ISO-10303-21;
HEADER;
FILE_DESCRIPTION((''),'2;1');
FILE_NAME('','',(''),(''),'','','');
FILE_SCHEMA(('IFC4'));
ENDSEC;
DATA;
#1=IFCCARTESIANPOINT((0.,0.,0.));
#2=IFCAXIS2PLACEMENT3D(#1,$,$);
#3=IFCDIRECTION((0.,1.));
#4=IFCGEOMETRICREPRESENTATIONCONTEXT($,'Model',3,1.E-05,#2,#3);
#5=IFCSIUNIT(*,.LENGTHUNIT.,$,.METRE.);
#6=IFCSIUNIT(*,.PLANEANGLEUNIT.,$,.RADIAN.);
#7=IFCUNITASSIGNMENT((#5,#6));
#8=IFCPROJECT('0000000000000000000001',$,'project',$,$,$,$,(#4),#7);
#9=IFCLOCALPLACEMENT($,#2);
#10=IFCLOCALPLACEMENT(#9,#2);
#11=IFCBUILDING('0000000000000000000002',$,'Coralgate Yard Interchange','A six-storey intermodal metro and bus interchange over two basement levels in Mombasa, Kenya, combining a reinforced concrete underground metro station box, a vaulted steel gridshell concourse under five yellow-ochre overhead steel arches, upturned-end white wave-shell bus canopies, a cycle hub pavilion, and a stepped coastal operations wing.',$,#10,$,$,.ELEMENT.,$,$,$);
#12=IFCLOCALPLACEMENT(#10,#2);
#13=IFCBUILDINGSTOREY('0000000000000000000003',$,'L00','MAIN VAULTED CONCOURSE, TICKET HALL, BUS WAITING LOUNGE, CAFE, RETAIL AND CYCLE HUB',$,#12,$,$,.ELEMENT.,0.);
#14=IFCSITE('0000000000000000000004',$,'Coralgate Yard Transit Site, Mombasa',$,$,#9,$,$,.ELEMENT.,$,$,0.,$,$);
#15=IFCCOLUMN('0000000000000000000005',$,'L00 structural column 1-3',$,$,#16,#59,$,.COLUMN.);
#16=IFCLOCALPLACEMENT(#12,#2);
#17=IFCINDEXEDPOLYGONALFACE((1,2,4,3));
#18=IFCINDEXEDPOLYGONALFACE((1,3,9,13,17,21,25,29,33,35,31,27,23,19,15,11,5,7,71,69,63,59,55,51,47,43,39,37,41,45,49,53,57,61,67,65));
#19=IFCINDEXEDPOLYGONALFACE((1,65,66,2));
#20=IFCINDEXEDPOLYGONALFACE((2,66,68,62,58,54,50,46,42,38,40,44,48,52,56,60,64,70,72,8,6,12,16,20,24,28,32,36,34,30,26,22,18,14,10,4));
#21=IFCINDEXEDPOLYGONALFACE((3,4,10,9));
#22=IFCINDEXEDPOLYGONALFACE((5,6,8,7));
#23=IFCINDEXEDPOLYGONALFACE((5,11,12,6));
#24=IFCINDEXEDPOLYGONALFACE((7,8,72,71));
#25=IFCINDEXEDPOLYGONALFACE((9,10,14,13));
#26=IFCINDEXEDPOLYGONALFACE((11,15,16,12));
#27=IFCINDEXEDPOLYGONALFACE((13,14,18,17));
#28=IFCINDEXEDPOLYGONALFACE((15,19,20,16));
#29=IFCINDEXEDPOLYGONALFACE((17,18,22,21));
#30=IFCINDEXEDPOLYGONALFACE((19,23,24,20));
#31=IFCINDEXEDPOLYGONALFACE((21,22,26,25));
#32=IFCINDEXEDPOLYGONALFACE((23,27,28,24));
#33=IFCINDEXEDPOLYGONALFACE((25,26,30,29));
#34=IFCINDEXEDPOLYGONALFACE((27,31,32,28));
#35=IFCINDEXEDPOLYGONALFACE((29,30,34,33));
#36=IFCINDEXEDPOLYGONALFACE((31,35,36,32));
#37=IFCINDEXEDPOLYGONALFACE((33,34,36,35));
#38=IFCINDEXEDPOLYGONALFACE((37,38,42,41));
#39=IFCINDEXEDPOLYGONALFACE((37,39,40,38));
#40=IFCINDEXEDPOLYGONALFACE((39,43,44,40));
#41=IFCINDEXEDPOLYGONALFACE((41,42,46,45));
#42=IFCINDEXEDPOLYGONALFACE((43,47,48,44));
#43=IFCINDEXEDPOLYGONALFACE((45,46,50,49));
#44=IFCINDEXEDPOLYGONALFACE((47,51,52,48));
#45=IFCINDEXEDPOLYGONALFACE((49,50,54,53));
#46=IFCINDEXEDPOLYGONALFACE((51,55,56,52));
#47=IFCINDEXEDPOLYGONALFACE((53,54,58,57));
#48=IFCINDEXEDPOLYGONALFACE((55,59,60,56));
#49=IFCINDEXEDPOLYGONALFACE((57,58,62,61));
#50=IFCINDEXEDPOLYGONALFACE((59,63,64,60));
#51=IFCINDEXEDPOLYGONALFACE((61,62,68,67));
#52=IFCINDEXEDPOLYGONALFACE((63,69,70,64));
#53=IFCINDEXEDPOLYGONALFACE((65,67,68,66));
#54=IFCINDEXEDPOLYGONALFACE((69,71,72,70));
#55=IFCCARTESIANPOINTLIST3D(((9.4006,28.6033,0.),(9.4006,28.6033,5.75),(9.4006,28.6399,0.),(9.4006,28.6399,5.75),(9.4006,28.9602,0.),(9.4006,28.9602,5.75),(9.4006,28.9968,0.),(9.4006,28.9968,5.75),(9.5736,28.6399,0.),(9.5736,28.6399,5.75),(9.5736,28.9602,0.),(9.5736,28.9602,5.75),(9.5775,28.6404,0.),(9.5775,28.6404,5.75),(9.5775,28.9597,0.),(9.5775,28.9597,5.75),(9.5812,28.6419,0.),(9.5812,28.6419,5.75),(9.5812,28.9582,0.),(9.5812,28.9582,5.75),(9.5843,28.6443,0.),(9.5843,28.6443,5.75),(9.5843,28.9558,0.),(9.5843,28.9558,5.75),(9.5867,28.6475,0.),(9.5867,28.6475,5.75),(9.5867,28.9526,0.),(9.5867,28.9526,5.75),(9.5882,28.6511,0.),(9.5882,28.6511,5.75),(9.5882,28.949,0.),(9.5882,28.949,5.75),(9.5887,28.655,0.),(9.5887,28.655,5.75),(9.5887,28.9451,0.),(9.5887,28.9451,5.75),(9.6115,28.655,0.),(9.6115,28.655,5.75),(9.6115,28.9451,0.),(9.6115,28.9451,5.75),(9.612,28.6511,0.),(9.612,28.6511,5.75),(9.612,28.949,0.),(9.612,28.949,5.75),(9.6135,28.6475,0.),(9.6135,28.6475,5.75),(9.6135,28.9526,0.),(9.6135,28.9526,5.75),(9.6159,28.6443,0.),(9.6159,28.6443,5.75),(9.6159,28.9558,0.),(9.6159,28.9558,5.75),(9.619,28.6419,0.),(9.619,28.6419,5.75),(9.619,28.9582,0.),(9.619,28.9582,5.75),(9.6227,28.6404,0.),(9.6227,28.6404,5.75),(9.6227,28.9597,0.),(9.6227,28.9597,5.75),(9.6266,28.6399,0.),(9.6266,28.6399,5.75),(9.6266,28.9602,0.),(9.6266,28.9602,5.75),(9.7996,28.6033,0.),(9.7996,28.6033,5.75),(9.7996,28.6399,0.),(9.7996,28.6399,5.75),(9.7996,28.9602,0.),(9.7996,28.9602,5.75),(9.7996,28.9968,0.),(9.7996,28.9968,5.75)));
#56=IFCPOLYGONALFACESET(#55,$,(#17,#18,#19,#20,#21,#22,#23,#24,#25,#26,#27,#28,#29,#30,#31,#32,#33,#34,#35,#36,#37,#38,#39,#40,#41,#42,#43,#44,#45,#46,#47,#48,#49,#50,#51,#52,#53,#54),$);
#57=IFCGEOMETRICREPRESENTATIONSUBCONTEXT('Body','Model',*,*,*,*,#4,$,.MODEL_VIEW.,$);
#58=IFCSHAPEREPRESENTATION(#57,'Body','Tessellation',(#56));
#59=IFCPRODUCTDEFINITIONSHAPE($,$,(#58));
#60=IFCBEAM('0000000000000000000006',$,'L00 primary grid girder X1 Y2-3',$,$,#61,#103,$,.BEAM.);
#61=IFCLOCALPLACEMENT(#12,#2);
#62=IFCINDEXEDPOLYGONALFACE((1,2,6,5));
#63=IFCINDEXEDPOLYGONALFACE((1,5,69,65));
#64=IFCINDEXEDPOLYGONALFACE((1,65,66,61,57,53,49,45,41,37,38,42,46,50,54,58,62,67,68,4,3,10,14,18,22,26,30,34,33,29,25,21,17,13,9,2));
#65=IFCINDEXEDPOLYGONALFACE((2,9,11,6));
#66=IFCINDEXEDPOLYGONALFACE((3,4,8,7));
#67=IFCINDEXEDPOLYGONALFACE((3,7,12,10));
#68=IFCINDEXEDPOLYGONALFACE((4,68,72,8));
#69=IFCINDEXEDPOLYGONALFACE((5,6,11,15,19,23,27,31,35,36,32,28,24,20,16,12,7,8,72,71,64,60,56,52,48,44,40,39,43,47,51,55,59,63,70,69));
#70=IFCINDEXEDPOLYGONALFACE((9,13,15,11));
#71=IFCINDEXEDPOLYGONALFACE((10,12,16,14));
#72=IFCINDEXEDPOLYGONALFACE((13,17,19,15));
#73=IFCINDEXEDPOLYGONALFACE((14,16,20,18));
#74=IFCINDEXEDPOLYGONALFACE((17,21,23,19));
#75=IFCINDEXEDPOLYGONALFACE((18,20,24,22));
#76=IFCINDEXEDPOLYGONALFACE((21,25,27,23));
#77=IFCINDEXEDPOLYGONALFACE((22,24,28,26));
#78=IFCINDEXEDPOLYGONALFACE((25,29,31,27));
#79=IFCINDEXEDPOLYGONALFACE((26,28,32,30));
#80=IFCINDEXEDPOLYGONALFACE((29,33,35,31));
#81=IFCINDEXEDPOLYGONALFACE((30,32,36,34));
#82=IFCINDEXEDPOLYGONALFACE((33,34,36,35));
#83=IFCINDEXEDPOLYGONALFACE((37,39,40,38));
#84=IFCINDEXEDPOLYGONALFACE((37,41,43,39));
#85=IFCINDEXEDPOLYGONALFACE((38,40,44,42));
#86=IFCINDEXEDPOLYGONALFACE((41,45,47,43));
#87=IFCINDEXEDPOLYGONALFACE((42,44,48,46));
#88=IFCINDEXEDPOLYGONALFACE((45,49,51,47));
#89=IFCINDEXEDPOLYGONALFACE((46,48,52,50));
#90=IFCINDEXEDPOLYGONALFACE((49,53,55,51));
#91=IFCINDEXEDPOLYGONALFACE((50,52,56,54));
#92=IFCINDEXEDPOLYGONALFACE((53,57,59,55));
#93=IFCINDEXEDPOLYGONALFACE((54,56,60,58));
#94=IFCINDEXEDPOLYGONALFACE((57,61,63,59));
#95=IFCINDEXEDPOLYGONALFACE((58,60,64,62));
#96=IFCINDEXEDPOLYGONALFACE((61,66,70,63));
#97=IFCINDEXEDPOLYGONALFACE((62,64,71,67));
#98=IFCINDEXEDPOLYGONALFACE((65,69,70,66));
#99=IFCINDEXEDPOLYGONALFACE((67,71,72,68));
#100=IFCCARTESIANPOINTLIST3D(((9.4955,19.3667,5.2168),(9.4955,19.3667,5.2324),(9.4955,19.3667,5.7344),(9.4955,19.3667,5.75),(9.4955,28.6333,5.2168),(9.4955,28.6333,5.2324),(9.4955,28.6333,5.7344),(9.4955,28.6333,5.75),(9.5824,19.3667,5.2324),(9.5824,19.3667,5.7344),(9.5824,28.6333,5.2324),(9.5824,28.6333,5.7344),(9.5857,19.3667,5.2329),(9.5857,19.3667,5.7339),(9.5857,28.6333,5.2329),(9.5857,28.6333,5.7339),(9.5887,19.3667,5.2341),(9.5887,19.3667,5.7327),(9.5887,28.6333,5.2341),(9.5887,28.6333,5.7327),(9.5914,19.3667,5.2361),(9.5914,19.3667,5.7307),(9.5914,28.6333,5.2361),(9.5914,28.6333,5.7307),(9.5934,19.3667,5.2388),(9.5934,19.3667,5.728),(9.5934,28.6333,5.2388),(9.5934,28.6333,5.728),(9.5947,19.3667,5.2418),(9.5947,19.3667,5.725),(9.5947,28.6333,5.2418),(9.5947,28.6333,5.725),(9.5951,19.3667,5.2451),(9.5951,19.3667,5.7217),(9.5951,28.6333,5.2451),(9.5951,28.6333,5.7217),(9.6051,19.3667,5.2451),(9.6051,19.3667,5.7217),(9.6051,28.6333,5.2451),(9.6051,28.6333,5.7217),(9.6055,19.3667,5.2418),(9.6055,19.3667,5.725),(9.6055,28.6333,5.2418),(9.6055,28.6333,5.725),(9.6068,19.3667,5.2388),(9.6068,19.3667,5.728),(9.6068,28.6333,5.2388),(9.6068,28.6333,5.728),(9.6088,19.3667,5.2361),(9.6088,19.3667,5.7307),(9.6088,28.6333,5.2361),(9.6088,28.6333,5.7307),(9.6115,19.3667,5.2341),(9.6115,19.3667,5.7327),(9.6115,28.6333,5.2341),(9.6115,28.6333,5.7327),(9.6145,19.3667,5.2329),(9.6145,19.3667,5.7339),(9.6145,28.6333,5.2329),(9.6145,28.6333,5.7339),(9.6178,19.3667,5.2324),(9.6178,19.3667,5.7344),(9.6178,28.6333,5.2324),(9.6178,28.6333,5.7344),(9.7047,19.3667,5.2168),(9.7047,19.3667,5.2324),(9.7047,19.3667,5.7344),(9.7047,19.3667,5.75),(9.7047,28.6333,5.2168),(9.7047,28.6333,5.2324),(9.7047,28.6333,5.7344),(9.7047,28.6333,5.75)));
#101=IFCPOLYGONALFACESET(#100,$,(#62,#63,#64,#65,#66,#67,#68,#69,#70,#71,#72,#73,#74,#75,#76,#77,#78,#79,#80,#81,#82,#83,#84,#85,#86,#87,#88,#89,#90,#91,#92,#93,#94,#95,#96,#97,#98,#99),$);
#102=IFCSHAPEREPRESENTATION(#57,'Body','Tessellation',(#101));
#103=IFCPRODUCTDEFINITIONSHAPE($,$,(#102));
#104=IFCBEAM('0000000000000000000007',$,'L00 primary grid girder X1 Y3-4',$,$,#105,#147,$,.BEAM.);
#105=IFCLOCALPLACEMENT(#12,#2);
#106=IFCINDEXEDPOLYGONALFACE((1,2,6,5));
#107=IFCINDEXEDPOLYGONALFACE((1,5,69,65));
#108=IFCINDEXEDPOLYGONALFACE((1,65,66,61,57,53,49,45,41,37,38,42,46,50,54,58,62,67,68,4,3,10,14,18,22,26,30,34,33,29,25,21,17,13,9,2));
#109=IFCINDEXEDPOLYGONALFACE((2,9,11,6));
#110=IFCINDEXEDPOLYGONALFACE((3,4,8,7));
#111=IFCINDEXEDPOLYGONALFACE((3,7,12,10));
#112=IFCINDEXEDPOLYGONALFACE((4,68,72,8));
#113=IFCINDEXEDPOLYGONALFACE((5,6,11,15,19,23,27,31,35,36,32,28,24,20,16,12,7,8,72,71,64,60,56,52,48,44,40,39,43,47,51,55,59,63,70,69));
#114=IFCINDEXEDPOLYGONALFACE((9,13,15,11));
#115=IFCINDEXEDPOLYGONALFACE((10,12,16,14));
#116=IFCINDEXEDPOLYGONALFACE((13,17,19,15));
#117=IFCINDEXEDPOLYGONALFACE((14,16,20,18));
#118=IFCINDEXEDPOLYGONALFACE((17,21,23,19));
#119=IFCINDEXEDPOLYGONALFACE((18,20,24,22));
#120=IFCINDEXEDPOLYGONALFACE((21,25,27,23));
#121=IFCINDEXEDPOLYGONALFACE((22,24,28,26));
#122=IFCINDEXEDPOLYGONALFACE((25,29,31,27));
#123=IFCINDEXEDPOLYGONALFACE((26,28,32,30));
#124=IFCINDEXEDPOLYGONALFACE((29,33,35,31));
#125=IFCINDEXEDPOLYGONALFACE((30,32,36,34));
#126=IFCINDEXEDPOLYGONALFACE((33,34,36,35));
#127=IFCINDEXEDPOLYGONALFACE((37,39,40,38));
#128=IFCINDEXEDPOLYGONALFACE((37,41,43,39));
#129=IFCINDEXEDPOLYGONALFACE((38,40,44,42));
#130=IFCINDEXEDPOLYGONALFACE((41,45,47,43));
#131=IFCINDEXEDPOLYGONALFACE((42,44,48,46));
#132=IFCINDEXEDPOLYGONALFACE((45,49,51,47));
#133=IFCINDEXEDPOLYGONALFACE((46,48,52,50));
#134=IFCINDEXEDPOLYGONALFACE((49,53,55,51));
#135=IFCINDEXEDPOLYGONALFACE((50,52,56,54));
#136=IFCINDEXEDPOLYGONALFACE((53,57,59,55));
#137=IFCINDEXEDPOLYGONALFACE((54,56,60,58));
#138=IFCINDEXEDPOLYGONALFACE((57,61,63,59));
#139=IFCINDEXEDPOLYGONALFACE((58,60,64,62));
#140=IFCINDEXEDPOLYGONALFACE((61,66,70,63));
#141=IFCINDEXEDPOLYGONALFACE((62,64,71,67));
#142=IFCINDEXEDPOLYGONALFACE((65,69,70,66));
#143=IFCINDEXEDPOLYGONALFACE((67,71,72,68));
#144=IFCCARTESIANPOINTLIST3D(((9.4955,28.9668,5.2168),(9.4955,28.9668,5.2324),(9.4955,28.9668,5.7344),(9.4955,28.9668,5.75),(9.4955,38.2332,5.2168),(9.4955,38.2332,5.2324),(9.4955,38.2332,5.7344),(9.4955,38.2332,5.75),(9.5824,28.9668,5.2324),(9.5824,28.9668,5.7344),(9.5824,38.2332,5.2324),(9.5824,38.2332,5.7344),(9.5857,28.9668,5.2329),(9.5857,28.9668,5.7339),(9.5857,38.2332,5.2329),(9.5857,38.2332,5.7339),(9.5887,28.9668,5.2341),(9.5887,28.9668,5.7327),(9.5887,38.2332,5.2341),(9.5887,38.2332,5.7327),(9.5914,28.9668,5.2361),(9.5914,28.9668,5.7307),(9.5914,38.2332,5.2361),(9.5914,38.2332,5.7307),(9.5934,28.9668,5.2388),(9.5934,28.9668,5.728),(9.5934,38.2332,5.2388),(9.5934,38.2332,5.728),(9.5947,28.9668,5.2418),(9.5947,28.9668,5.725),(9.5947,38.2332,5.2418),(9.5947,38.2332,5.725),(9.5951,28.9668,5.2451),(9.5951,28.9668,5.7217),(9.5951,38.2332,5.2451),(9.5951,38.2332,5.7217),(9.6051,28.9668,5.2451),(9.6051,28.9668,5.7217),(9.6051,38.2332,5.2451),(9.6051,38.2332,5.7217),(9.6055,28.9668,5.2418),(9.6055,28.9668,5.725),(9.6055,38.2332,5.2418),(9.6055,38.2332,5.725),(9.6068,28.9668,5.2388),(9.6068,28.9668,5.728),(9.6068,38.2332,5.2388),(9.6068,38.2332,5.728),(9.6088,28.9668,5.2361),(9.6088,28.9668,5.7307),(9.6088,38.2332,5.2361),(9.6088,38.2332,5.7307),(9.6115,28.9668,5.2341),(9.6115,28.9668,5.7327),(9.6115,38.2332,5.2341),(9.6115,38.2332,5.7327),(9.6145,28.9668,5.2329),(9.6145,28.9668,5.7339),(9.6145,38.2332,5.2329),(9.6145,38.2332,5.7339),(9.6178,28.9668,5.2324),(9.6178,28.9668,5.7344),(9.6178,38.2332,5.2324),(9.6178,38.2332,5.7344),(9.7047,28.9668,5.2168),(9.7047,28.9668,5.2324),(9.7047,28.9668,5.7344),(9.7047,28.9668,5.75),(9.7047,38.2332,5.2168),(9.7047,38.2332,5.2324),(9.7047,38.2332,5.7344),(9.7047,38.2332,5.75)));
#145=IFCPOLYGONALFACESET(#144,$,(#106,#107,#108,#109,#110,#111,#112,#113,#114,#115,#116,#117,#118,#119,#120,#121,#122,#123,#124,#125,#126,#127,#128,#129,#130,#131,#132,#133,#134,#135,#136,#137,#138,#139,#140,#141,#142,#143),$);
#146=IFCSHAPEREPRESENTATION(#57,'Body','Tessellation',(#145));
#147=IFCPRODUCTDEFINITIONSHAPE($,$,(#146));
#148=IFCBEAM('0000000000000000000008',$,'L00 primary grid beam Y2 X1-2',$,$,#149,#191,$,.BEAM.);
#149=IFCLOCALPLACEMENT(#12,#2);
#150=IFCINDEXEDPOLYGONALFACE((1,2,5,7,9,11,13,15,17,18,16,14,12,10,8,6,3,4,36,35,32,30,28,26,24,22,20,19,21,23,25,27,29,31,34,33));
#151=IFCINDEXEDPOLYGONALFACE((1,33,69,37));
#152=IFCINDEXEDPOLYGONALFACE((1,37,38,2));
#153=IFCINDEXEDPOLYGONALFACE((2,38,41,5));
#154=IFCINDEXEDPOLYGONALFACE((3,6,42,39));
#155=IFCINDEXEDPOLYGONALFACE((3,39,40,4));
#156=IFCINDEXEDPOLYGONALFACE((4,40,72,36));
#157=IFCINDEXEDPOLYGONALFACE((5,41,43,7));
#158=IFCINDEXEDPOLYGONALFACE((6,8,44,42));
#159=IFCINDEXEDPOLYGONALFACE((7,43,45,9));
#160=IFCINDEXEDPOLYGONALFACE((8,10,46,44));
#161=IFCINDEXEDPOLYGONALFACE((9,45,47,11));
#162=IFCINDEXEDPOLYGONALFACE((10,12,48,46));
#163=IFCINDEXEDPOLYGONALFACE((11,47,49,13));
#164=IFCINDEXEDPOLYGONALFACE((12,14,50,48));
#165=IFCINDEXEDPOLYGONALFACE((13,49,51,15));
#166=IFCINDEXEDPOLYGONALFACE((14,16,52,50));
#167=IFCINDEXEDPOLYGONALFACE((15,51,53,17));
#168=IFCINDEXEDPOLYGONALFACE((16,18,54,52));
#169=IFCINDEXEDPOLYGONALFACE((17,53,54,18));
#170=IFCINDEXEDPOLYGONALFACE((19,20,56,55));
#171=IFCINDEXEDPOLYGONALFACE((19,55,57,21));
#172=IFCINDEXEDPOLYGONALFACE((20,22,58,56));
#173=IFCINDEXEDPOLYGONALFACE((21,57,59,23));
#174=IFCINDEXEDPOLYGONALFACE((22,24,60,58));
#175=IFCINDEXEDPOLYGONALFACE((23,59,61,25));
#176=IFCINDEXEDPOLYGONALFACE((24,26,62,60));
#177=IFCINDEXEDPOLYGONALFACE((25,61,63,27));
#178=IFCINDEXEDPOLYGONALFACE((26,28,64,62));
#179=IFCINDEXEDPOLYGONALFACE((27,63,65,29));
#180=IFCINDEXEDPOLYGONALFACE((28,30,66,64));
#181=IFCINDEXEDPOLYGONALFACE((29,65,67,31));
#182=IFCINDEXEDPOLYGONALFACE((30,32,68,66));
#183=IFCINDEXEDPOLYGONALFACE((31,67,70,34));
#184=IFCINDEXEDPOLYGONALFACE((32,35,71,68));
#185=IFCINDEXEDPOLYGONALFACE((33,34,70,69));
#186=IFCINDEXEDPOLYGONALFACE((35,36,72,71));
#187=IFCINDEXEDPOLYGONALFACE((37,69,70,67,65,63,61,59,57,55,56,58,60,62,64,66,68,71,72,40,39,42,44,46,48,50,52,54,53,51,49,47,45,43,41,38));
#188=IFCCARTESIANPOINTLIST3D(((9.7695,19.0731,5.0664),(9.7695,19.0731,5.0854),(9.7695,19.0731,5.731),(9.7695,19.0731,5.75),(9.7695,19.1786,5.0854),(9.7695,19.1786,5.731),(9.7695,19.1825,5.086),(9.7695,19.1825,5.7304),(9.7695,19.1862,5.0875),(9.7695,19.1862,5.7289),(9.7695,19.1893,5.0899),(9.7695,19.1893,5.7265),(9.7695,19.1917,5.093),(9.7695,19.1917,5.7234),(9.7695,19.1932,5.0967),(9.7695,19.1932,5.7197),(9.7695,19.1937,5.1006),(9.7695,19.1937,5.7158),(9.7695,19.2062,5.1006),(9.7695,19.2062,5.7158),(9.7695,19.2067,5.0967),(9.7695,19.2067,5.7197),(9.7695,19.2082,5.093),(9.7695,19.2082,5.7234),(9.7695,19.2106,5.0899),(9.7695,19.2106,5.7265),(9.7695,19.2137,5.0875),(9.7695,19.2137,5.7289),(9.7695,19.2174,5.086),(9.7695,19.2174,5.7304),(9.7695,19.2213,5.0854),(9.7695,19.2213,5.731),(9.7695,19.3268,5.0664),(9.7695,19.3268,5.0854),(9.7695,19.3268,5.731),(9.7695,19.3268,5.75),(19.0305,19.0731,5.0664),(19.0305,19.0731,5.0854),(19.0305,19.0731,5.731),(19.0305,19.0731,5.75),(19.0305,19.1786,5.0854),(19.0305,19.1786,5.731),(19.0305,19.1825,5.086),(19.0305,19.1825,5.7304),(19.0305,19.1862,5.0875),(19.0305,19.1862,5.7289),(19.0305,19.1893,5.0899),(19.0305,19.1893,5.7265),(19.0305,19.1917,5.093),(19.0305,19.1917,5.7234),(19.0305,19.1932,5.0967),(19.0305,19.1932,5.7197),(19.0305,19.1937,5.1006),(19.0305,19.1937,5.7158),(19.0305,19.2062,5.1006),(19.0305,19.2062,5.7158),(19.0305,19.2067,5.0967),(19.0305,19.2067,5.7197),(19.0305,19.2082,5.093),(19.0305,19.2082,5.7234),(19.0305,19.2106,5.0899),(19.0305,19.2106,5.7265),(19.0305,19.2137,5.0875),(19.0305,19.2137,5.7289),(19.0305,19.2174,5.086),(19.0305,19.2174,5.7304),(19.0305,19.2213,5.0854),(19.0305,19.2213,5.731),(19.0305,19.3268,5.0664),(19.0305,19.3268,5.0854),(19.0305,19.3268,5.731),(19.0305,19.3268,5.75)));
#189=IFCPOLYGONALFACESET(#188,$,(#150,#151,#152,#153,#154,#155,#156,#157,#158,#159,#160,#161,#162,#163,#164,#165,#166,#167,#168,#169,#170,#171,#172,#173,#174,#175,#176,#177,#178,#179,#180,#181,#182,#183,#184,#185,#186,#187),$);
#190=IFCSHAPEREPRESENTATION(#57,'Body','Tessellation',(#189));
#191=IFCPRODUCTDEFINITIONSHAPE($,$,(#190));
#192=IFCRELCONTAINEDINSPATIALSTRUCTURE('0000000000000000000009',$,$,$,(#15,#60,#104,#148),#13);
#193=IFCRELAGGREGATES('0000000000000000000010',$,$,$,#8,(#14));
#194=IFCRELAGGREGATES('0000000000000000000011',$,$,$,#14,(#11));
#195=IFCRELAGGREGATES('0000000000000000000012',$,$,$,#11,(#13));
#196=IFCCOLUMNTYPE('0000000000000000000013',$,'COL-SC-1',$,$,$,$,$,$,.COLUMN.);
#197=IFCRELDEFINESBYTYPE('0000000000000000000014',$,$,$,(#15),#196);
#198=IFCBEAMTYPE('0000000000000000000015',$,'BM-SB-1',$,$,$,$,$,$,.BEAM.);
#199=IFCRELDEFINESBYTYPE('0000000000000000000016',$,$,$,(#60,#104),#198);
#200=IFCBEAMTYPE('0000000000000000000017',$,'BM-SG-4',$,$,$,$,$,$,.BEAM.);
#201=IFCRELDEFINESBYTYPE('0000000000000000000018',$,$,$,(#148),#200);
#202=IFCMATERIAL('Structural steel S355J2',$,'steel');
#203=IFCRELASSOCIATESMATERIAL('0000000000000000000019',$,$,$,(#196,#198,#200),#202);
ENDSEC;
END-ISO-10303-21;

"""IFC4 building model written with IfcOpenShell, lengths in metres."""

from ifc_helpers import new_model, si_unit, direction, frame, origin, origin_2d, place, context, subcontext, project, spatial, i_section, extrude, material, material_profile, profile_set, type_object, element, save


model = new_model("IFC4")

# Units and contexts
model_context = context("Model", 3, precision=1e-05, world=origin(), true_north=direction((0.0, 1.0)))
body_context = subcontext(model_context, "Body", "Model", "MODEL_VIEW")
ifc_project = project(units=[si_unit("LENGTHUNIT", "METRE"), si_unit("PLANEANGLEUNIT", "RADIAN")], contexts=[model_context])

# Site, building, storey
site_placement = place(None, origin())
site = spatial("IfcSite", under=ifc_project, at=site_placement, Name="Coralgate Yard Transit Site, Mombasa", CompositionType="ELEMENT", RefElevation=0.0)
building_placement = place(site_placement, origin())
building = spatial("IfcBuilding", under=site, at=building_placement, Name="Coralgate Yard Interchange", Description="A six-storey intermodal metro and bus interchange over two basement levels in Mombasa, Kenya, combining a reinforced concrete underground metro station box, a vaulted steel gridshell concourse under five yellow-ochre overhead steel arches, upturned-end white wave-shell bus canopies, a cycle hub pavilion, and a stepped coastal operations wing.", CompositionType="ELEMENT")
storey_placement = place(building_placement, origin())
storey = spatial("IfcBuildingStorey", under=building, at=storey_placement, Name="L00", Description="MAIN VAULTED CONCOURSE, TICKET HALL, BUS WAITING LOUNGE, CAFE, RETAIL AND CYCLE HUB", CompositionType="ELEMENT", Elevation=0.0)

# Column
ifc_material_1 = material(Name="Structural steel S355J2", Category="steel")
ifc_material_profile_1 = material_profile(ifc_material_1, i_section(OverallWidth=0.3989, OverallDepth=0.3936, WebThickness=0.0227, FlangeThickness=0.0366, FilletRadius=0.0151, at=origin_2d()), Name="UC 356x406x287")
ifc_profile_set_1 = profile_set([ifc_material_profile_1], Name="Structural steel S355J2")
column_type = type_object("IfcColumnType", Name="COL-SC-1", PredefinedType="COLUMN", material=ifc_profile_set_1)
column_1_placement = place(storey_placement, frame((9.6001, 28.8, 0.0), z_axis=(0.0, 0.0, 1.0), x_axis=(1.0, 0.0, 0.0)))
element("IfcColumn", 1, at=column_1_placement, inside=storey, type_object=column_type, Name="L00 structural column 1-3", PredefinedType="COLUMN", context=body_context, shape_type="SweptSolid", body=[
    extrude(i_section(OverallWidth=0.3989, OverallDepth=0.3936, WebThickness=0.0227, FlangeThickness=0.0366, FilletRadius=0.0151, at=origin_2d()), origin(), (0.0, 0.0, 1.0), 5.75),
])

# Beams
ifc_material_profile_2 = material_profile(ifc_material_1, i_section(OverallWidth=0.2092, OverallDepth=0.5332, WebThickness=0.01, FlangeThickness=0.0156, FilletRadius=0.0127, at=origin_2d()), Name="UB 533x210x92")
ifc_profile_set_2 = profile_set([ifc_material_profile_2], Name="Structural steel S355J2")
beam_type_1 = type_object("IfcBeamType", Name="BM-SB-1", PredefinedType="BEAM", material=ifc_profile_set_2)
beam_1_placement = place(storey_placement, frame((9.6001, 19.3667, 5.4834), z_axis=(0.0, 1.0, 0.0), x_axis=(-1.0, 0.0, 0.0)))
element("IfcBeam", 2, at=beam_1_placement, inside=storey, type_object=beam_type_1, Name="L00 primary grid girder X1 Y2-3", PredefinedType="BEAM", context=body_context, shape_type="SweptSolid", body=[
    extrude(i_section(OverallWidth=0.2092, OverallDepth=0.5332, WebThickness=0.01, FlangeThickness=0.0156, FilletRadius=0.0127, at=origin_2d()), origin(), (0.0, 0.0, 1.0), 9.2666),
])
beam_2_placement = place(storey_placement, frame((9.6001, 28.9668, 5.4834), z_axis=(0.0, 1.0, 0.0), x_axis=(-1.0, 0.0, 0.0)))
element("IfcBeam", 3, at=beam_2_placement, inside=storey, type_object=beam_type_1, Name="L00 primary grid girder X1 Y3-4", PredefinedType="BEAM", context=body_context, shape_type="SweptSolid", body=[
    extrude(i_section(OverallWidth=0.2092, OverallDepth=0.5332, WebThickness=0.01, FlangeThickness=0.0156, FilletRadius=0.0127, at=origin_2d()), origin(), (0.0, 0.0, 1.0), 9.2664),
])
ifc_material_profile_3 = material_profile(ifc_material_1, i_section(OverallWidth=0.2537, OverallDepth=0.6836, WebThickness=0.0125, FlangeThickness=0.019, FilletRadius=0.0151, at=origin_2d()), Name="UB 686x254x140")
ifc_profile_set_3 = profile_set([ifc_material_profile_3], Name="Structural steel S355J2")
beam_type_2 = type_object("IfcBeamType", Name="BM-SG-4", PredefinedType="BEAM", material=ifc_profile_set_3)
beam_3_placement = place(storey_placement, frame((9.7695, 19.2, 5.4082), z_axis=(1.0, 0.0, 0.0), x_axis=(0.0, 1.0, 0.0)))
element("IfcBeam", 4, at=beam_3_placement, inside=storey, type_object=beam_type_2, Name="L00 primary grid beam Y2 X1-2", PredefinedType="BEAM", context=body_context, shape_type="SweptSolid", body=[
    extrude(i_section(OverallWidth=0.2537, OverallDepth=0.6836, WebThickness=0.0125, FlangeThickness=0.019, FilletRadius=0.0151, at=origin_2d()), origin(), (0.0, 0.0, 1.0), 9.261),
])

save(model, "model.ifc")
